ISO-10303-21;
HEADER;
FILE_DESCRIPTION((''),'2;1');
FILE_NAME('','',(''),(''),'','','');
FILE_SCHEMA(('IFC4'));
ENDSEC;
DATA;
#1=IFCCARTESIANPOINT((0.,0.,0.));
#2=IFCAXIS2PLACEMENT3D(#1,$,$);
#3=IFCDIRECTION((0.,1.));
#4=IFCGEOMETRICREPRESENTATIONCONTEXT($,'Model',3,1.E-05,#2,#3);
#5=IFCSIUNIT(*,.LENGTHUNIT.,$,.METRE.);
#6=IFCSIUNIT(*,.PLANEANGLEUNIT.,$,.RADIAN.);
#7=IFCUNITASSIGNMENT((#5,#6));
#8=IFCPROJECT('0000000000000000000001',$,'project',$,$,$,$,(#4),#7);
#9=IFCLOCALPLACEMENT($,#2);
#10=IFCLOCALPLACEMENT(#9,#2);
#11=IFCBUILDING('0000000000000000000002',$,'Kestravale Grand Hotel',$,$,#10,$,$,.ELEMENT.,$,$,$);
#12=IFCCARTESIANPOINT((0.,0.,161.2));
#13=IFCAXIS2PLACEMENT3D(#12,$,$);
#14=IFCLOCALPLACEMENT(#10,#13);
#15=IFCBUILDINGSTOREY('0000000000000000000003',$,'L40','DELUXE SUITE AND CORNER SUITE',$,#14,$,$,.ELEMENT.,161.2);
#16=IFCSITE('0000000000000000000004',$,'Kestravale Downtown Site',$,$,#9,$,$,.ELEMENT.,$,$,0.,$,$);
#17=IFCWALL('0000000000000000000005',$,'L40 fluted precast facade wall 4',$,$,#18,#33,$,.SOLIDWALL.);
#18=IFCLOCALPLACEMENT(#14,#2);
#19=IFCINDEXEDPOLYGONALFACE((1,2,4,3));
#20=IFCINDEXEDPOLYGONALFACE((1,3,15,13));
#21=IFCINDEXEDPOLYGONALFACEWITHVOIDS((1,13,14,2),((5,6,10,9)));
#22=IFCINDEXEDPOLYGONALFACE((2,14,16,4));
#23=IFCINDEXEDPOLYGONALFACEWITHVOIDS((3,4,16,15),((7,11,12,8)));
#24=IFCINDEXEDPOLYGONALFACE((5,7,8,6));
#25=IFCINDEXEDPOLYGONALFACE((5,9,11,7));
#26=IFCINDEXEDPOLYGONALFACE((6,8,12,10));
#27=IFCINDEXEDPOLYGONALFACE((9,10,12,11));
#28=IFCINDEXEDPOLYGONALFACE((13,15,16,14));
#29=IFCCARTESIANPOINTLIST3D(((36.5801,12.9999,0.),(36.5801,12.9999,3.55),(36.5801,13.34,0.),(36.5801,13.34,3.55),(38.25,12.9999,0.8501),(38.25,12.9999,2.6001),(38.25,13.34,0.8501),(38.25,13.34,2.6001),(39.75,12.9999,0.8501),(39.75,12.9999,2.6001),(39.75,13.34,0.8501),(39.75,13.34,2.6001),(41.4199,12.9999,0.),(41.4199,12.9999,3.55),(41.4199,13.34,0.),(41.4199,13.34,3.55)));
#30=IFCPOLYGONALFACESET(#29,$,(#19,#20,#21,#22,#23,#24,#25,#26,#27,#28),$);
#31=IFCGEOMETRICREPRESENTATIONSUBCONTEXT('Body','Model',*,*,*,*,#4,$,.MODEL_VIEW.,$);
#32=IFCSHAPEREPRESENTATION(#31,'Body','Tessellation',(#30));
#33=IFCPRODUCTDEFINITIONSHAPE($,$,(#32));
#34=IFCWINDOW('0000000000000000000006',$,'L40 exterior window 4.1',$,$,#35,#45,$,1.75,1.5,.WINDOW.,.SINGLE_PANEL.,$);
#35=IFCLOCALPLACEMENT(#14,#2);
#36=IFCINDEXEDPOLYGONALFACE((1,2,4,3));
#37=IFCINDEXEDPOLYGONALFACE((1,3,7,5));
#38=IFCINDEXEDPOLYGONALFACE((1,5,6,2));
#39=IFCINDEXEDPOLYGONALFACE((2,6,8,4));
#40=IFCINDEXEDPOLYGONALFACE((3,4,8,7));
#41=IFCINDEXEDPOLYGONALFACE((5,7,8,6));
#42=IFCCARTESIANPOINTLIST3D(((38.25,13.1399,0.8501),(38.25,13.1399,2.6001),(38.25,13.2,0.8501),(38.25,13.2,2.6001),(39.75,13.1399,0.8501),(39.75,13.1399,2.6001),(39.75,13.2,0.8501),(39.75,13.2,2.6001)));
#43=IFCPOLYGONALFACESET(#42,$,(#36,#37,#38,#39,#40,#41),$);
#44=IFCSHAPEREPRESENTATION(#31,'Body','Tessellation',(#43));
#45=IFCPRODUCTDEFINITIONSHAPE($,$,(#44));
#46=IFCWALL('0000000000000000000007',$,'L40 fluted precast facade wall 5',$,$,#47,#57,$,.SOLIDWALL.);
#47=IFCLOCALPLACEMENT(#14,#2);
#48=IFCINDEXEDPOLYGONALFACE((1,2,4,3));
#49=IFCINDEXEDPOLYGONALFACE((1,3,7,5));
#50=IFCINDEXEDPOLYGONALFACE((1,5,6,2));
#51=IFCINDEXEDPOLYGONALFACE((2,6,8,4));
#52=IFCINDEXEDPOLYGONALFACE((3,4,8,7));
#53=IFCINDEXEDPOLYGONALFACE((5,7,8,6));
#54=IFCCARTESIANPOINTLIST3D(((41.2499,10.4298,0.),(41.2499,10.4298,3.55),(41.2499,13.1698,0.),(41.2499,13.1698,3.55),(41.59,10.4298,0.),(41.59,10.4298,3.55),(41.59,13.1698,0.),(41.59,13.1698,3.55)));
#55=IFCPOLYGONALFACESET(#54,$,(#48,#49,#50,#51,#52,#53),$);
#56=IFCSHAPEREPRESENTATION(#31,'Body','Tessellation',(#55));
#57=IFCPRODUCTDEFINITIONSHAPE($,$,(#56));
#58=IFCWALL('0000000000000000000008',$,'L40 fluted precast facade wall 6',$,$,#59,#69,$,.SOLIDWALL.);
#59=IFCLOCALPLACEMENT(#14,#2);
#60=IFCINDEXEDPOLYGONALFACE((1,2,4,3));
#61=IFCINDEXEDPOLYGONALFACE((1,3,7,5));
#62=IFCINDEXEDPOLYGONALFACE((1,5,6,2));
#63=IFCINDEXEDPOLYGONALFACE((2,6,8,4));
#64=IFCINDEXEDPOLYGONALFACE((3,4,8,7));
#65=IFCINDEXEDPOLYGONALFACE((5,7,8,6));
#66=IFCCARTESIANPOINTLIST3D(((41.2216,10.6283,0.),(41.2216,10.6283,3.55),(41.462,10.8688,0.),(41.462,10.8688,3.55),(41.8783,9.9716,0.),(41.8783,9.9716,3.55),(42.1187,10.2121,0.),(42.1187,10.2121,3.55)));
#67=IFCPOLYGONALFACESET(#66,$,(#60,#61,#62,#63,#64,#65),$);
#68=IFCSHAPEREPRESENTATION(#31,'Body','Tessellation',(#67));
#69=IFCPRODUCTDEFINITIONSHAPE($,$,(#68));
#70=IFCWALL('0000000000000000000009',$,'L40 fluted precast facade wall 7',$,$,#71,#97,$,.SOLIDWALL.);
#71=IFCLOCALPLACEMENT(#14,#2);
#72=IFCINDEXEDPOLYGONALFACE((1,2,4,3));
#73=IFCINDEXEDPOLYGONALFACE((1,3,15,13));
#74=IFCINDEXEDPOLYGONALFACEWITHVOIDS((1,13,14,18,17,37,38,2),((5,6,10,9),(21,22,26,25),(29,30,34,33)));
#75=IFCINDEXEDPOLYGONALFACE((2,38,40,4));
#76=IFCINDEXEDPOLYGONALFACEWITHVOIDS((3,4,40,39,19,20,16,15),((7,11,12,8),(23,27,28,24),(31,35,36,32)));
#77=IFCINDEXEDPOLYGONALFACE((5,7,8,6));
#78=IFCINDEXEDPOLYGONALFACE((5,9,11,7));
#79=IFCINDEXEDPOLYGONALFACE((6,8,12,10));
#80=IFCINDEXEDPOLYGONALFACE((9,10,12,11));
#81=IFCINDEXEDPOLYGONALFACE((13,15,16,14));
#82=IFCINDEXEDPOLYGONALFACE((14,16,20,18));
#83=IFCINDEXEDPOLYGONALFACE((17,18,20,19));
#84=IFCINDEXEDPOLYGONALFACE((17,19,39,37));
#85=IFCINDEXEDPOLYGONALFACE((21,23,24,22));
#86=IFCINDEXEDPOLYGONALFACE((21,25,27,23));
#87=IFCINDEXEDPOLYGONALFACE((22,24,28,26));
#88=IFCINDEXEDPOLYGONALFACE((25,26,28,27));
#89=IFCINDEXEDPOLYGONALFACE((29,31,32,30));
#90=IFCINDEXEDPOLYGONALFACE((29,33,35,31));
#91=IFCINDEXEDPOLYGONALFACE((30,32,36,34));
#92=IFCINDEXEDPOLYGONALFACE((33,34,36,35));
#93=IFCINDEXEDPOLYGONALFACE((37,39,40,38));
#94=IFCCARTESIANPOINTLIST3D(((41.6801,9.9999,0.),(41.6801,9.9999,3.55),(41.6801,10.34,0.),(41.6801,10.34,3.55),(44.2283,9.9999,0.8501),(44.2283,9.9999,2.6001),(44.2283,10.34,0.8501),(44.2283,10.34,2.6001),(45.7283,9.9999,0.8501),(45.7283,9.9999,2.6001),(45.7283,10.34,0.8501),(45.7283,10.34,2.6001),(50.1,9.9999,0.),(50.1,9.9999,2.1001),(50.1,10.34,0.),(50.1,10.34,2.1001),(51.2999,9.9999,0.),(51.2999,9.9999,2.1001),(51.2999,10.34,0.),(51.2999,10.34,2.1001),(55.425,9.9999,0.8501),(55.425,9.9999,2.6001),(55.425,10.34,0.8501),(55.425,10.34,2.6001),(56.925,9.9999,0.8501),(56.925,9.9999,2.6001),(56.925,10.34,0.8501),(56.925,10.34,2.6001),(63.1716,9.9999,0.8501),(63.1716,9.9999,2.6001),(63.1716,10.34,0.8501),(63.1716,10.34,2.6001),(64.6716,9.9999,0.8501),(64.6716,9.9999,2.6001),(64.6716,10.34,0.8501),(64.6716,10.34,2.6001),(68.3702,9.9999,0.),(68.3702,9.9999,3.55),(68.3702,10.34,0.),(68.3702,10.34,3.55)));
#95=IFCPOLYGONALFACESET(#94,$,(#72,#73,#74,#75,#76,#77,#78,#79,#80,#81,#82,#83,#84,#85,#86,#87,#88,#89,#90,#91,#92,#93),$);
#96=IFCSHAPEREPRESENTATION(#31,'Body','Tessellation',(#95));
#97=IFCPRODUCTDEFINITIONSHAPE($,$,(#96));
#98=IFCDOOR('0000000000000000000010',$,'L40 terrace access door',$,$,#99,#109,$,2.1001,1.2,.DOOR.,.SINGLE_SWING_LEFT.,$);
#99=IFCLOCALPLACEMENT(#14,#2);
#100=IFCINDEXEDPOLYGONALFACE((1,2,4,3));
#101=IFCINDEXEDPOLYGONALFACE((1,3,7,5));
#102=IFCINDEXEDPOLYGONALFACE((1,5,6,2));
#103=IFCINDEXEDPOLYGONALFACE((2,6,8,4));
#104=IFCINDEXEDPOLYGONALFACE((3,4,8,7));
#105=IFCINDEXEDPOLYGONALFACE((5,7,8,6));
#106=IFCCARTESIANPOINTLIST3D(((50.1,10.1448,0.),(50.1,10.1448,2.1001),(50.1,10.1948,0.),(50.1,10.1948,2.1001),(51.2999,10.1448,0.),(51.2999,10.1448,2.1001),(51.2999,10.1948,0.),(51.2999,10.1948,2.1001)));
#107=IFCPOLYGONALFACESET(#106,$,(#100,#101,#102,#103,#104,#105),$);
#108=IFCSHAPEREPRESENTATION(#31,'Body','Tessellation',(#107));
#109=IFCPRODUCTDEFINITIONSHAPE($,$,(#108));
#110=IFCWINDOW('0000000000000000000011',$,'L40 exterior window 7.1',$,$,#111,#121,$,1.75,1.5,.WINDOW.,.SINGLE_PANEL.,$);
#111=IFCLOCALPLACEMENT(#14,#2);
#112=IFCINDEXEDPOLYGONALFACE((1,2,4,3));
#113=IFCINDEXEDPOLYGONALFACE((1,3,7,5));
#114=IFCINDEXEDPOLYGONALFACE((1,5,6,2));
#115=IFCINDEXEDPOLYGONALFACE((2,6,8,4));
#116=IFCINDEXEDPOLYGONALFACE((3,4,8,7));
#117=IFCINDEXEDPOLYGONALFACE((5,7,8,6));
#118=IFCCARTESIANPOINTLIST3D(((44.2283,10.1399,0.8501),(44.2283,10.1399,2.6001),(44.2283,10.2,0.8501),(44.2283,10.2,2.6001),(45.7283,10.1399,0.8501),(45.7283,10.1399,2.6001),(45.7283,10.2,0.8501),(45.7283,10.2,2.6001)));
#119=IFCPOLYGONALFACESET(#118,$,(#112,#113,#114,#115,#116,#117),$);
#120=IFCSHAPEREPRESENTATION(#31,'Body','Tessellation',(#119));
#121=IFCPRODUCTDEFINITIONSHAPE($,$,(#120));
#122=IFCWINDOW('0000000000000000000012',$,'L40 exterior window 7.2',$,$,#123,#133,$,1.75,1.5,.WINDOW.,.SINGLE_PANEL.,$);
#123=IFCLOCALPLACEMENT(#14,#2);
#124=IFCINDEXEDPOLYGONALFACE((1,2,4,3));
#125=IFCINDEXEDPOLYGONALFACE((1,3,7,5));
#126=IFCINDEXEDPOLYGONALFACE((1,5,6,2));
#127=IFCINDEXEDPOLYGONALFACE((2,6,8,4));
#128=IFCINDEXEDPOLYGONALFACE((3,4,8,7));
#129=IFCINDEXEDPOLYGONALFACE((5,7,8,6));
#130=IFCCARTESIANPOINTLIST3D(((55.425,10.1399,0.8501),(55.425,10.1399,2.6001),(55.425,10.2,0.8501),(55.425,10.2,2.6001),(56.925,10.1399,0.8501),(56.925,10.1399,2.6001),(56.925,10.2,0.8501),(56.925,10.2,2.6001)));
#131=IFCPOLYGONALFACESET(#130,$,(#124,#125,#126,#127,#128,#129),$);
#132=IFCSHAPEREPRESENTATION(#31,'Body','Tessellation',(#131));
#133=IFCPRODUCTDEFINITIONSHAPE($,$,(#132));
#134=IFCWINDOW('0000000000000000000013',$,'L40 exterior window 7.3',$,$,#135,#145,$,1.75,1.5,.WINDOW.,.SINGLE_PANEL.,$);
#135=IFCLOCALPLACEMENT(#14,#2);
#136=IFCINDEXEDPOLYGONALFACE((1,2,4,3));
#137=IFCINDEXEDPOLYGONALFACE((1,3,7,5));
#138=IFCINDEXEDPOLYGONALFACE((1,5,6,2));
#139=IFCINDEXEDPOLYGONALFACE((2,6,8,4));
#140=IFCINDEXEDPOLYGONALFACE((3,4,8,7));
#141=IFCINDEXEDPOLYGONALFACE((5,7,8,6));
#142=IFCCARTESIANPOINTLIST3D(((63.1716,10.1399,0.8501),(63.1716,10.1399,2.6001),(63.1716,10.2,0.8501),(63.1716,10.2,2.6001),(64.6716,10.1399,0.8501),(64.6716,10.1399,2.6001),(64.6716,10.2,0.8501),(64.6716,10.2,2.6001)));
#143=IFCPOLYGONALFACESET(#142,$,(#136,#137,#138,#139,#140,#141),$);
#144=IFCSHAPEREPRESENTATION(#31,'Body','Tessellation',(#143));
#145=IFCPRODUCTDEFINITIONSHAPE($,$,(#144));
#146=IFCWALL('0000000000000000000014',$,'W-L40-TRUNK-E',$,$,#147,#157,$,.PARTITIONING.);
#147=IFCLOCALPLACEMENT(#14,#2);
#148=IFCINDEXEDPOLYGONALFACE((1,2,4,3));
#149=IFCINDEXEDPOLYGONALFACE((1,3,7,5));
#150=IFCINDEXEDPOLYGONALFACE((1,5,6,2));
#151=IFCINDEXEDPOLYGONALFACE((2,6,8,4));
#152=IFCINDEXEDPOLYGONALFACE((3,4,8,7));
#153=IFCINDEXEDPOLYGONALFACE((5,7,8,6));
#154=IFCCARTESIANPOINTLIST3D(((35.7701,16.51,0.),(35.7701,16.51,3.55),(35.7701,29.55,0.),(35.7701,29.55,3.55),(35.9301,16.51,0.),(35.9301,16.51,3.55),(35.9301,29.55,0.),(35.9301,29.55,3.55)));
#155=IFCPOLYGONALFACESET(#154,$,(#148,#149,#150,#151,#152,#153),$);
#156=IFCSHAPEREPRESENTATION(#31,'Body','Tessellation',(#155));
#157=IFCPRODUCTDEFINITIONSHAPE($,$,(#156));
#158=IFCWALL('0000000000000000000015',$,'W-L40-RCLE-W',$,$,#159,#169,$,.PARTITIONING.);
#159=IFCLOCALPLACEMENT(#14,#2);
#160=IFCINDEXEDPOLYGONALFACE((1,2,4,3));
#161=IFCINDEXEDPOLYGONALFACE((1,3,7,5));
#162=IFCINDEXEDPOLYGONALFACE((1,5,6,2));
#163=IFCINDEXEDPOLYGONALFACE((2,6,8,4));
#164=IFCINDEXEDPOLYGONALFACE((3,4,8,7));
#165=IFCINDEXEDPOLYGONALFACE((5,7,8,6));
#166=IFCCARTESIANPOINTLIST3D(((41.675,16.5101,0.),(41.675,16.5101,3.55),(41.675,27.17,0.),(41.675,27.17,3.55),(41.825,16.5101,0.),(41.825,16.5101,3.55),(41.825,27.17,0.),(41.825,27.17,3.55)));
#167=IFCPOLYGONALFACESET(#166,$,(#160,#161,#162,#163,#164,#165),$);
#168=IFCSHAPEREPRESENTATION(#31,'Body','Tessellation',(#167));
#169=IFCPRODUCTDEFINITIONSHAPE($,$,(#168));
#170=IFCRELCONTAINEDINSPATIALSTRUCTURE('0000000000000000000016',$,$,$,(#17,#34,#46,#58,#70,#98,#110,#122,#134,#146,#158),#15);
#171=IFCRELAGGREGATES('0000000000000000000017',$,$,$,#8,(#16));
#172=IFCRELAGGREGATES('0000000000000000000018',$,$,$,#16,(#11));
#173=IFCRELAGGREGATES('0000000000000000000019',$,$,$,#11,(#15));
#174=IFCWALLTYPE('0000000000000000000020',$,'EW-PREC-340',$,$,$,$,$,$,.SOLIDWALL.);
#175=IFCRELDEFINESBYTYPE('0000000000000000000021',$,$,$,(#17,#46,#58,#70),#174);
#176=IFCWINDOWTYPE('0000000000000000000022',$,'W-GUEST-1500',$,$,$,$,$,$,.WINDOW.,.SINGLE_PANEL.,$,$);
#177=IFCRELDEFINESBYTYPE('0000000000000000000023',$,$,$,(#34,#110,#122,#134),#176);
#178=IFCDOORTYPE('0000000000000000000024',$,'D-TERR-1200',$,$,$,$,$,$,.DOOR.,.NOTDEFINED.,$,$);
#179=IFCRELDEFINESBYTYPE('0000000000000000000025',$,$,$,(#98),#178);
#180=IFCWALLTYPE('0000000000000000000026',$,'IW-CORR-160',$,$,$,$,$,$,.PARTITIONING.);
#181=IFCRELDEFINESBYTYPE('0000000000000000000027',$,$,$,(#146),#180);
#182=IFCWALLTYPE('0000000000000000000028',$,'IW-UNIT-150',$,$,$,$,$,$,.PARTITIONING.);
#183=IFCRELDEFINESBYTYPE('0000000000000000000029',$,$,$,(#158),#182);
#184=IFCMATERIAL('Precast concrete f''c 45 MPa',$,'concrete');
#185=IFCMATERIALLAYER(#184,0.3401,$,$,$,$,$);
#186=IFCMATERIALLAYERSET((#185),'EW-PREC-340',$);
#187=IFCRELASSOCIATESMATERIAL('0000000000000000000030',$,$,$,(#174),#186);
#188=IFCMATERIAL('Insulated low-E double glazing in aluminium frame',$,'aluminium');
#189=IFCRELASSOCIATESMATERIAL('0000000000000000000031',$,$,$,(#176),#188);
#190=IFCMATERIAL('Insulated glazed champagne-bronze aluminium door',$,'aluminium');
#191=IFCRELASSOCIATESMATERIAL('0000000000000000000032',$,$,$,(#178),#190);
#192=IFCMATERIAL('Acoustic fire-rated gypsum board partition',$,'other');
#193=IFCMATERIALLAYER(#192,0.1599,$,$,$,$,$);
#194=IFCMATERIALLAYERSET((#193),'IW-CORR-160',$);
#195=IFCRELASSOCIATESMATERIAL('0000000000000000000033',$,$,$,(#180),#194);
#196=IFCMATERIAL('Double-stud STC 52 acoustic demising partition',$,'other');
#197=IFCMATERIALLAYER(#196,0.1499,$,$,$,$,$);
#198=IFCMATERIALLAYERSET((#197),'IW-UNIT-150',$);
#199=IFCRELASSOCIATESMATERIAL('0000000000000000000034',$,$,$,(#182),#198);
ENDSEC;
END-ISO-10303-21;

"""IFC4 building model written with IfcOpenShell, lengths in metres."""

from ifc_helpers import new_model, si_unit, direction, frame, frame_2d, origin, place, context, subcontext, project, spatial, rectangle, extrude, material, layer, layer_set, type_object, element, fill, save


model = new_model("IFC4")

# Units and contexts
model_context = context("Model", 3, precision=1e-05, world=origin(), true_north=direction((0.0, 1.0)))
body_context = subcontext(model_context, "Body", "Model", "MODEL_VIEW")
ifc_project = project(units=[si_unit("LENGTHUNIT", "METRE"), si_unit("PLANEANGLEUNIT", "RADIAN")], contexts=[model_context])

# Site, building, storey
site_placement = place(None, origin())
site = spatial("IfcSite", under=ifc_project, at=site_placement, Name="Kestravale Downtown Site", CompositionType="ELEMENT", RefElevation=0.0)
building_placement = place(site_placement, origin())
building = spatial("IfcBuilding", under=site, at=building_placement, Name="Kestravale Grand Hotel", CompositionType="ELEMENT")
storey_placement = place(building_placement, frame((0.0, 0.0, 161.2)))
storey = spatial("IfcBuildingStorey", under=building, at=storey_placement, Name="L40", Description="DELUXE SUITE AND CORNER SUITE", CompositionType="ELEMENT", Elevation=161.2)

# Shared definitions
ifc_material_1 = material(Name="Precast concrete f'c 45 MPa", Category="concrete")
ifc_layer_1 = layer(ifc_material_1, 0.3401)
ifc_layer_set_1 = layer_set([ifc_layer_1], Name="EW-PREC-340")
wall_type_1 = type_object("IfcWallType", Name="EW-PREC-340", PredefinedType="SOLIDWALL", material=ifc_layer_set_1)

# Wall, opening, window
ifc_material_2 = material(Name="Insulated low-E double glazing in aluminium frame", Category="aluminium")
window_type = type_object("IfcWindowType", Name="W-GUEST-1500", PartitioningType="SINGLE_PANEL", PredefinedType="WINDOW", material=ifc_material_2)
wall_1_placement = place(storey_placement, frame((36.5801, 13.1699, 0.0), z_axis=(0.0, 0.0, 1.0), x_axis=(1.0, 0.0, 0.0)))
wall_1 = element("IfcWall", 1, at=wall_1_placement, inside=storey, type_object=wall_type_1, Name="L40 fluted precast facade wall 4", PredefinedType="SOLIDWALL", context=body_context, shape_type="SweptSolid", body=[
    extrude(rectangle(XDim=4.8398, YDim=0.3401, at=frame_2d((2.4199, 0.0))), origin(), (0.0, 0.0, 1.0), 3.55),
])
opening_1_placement = place(wall_1_placement, frame((1.6699, 0.0, 0.8501)))
opening_1 = element("IfcOpeningElement", 2, at=opening_1_placement, cuts=wall_1, PredefinedType="OPENING", context=body_context, shape_type="SweptSolid", body=[
    extrude(rectangle(XDim=1.5, YDim=1.75, at=frame_2d((0.75, 0.875))), frame((0.0, 0.1799, 0.0), z_axis=(0.0, -1.0, 0.0), x_axis=(1.0, 0.0, 0.0)), (0.0, 0.0, 1.0), 0.3601),
])
window_1_placement = place(opening_1_placement, origin())
window_1 = element("IfcWindow", 3, at=window_1_placement, inside=storey, type_object=window_type, Name="L40 exterior window 4.1", OverallHeight=1.75, OverallWidth=1.5, PartitioningType="SINGLE_PANEL", PredefinedType="WINDOW", context=body_context, shape_type="SweptSolid", body=[
    extrude(rectangle(XDim=1.5, YDim=1.75, at=frame_2d((0.75, 0.875))), frame((0.0, 0.03, 0.0), z_axis=(0.0, -1.0, 0.0), x_axis=(1.0, 0.0, 0.0)), (0.0, 0.0, 1.0), 0.0601),
])
fill(opening_1, window_1)

# Walls
wall_2_placement = place(storey_placement, frame((41.4199, 13.1699, 0.0), z_axis=(0.0, 0.0, 1.0), x_axis=(0.0, -1.0, 0.0)))
element("IfcWall", 4, at=wall_2_placement, inside=storey, type_object=wall_type_1, Name="L40 fluted precast facade wall 5", PredefinedType="SOLIDWALL", context=body_context, shape_type="SweptSolid", body=[
    extrude(rectangle(XDim=2.74, YDim=0.3401, at=frame_2d((1.3701, 0.0))), origin(), (0.0, 0.0, 1.0), 3.55),
])
wall_3_placement = place(storey_placement, frame((41.3418, 10.7485, 0.0), z_axis=(0.0, 0.0, 1.0), x_axis=(0.707107, -0.707107, 0.0)))
element("IfcWall", 5, at=wall_3_placement, inside=storey, type_object=wall_type_1, Name="L40 fluted precast facade wall 6", PredefinedType="SOLIDWALL", context=body_context, shape_type="SweptSolid", body=[
    extrude(rectangle(XDim=0.9287, YDim=0.3401, at=frame_2d((0.4644, 0.0))), origin(), (0.0, 0.0, 1.0), 3.55),
])

# Wall, openings, door, windows
wall_4_placement = place(storey_placement, frame((41.6799, 10.1699, 0.0), z_axis=(0.0, 0.0, 1.0), x_axis=(1.0, 0.0, 0.0)))
wall_4 = element("IfcWall", 6, at=wall_4_placement, inside=storey, type_object=wall_type_1, Name="L40 fluted precast facade wall 7", PredefinedType="SOLIDWALL", context=body_context, shape_type="SweptSolid", body=[
    extrude(rectangle(XDim=26.6902, YDim=0.3401, at=frame_2d((13.3452, 0.0))), origin(), (0.0, 0.0, 1.0), 3.55),
])
opening_2_placement = place(wall_4_placement, frame((2.5483, 0.0, 0.8501)))
opening_2 = element("IfcOpeningElement", 7, at=opening_2_placement, cuts=wall_4, PredefinedType="OPENING", context=body_context, shape_type="SweptSolid", body=[
    extrude(rectangle(XDim=1.5, YDim=1.75, at=frame_2d((0.75, 0.875))), frame((0.0, 0.1799, 0.0), z_axis=(0.0, -1.0, 0.0), x_axis=(1.0, 0.0, 0.0)), (0.0, 0.0, 1.0), 0.3601),
])
opening_3_placement = place(wall_4_placement, frame((13.7451, 0.0, 0.8501)))
opening_3 = element("IfcOpeningElement", 8, at=opening_3_placement, cuts=wall_4, PredefinedType="OPENING", context=body_context, shape_type="SweptSolid", body=[
    extrude(rectangle(XDim=1.5, YDim=1.75, at=frame_2d((0.75, 0.875))), frame((0.0, 0.1799, 0.0), z_axis=(0.0, -1.0, 0.0), x_axis=(1.0, 0.0, 0.0)), (0.0, 0.0, 1.0), 0.3601),
])
opening_4_placement = place(wall_4_placement, frame((21.4917, 0.0, 0.8501)))
opening_4 = element("IfcOpeningElement", 9, at=opening_4_placement, cuts=wall_4, PredefinedType="OPENING", context=body_context, shape_type="SweptSolid", body=[
    extrude(rectangle(XDim=1.5, YDim=1.75, at=frame_2d((0.75, 0.875))), frame((0.0, 0.1799, 0.0), z_axis=(0.0, -1.0, 0.0), x_axis=(1.0, 0.0, 0.0)), (0.0, 0.0, 1.0), 0.3601),
])
opening_5_placement = place(wall_4_placement, frame((8.4199, 0.0, 0.0)))
opening_5 = element("IfcOpeningElement", 10, at=opening_5_placement, cuts=wall_4, PredefinedType="OPENING", context=body_context, shape_type="SweptSolid", body=[
    extrude(rectangle(XDim=1.2, YDim=2.1001, at=frame_2d((0.6001, 1.05))), frame((0.0, 0.1799, 0.0), z_axis=(0.0, -1.0, 0.0), x_axis=(1.0, 0.0, 0.0)), (0.0, 0.0, 1.0), 0.3601),
])
ifc_material_3 = material(Name="Insulated glazed champagne-bronze aluminium door", Category="aluminium")
door_type = type_object("IfcDoorType", Name="D-TERR-1200", OperationType="NOTDEFINED", PredefinedType="DOOR", material=ifc_material_3)
door_placement = place(opening_5_placement, origin())
door = element("IfcDoor", 11, at=door_placement, inside=storey, type_object=door_type, Name="L40 terrace access door", OperationType="SINGLE_SWING_LEFT", OverallHeight=2.1001, OverallWidth=1.2, PredefinedType="DOOR", context=body_context, shape_type="SweptSolid", body=[
    extrude(rectangle(XDim=1.2, YDim=2.1001, at=frame_2d((0.6001, 1.05))), frame((0.0, 0.0249, 0.0), z_axis=(0.0, -1.0, 0.0), x_axis=(1.0, 0.0, 0.0)), (0.0, 0.0, 1.0), 0.05),
])
fill(opening_5, door)
window_2_placement = place(opening_2_placement, origin())
window_2 = element("IfcWindow", 12, at=window_2_placement, inside=storey, type_object=window_type, Name="L40 exterior window 7.1", OverallHeight=1.75, OverallWidth=1.5, PartitioningType="SINGLE_PANEL", PredefinedType="WINDOW", context=body_context, shape_type="SweptSolid", body=[
    extrude(rectangle(XDim=1.5, YDim=1.75, at=frame_2d((0.75, 0.875))), frame((0.0, 0.03, 0.0), z_axis=(0.0, -1.0, 0.0), x_axis=(1.0, 0.0, 0.0)), (0.0, 0.0, 1.0), 0.0601),
])
fill(opening_2, window_2)
window_3_placement = place(opening_3_placement, origin())
window_3 = element("IfcWindow", 13, at=window_3_placement, inside=storey, type_object=window_type, Name="L40 exterior window 7.2", OverallHeight=1.75, OverallWidth=1.5, PartitioningType="SINGLE_PANEL", PredefinedType="WINDOW", context=body_context, shape_type="SweptSolid", body=[
    extrude(rectangle(XDim=1.5, YDim=1.75, at=frame_2d((0.75, 0.875))), frame((0.0, 0.03, 0.0), z_axis=(0.0, -1.0, 0.0), x_axis=(1.0, 0.0, 0.0)), (0.0, 0.0, 1.0), 0.0601),
])
fill(opening_3, window_3)
window_4_placement = place(opening_4_placement, origin())
window_4 = element("IfcWindow", 14, at=window_4_placement, inside=storey, type_object=window_type, Name="L40 exterior window 7.3", OverallHeight=1.75, OverallWidth=1.5, PartitioningType="SINGLE_PANEL", PredefinedType="WINDOW", context=body_context, shape_type="SweptSolid", body=[
    extrude(rectangle(XDim=1.5, YDim=1.75, at=frame_2d((0.75, 0.875))), frame((0.0, 0.03, 0.0), z_axis=(0.0, -1.0, 0.0), x_axis=(1.0, 0.0, 0.0)), (0.0, 0.0, 1.0), 0.0601),
])
fill(opening_4, window_4)

# Walls
ifc_material_4 = material(Name="Acoustic fire-rated gypsum board partition", Category="other")
ifc_layer_2 = layer(ifc_material_4, 0.1599)
ifc_layer_set_2 = layer_set([ifc_layer_2], Name="IW-CORR-160")
wall_type_2 = type_object("IfcWallType", Name="IW-CORR-160", PredefinedType="PARTITIONING", material=ifc_layer_set_2)
wall_5_placement = place(storey_placement, frame((35.8501, 16.51, 0.0), z_axis=(0.0, 0.0, 1.0), x_axis=(0.0, 1.0, 0.0)))
element("IfcWall", 15, at=wall_5_placement, inside=storey, type_object=wall_type_2, Name="W-L40-TRUNK-E", PredefinedType="PARTITIONING", context=body_context, shape_type="SweptSolid", body=[
    extrude(rectangle(XDim=13.04, YDim=0.1599, at=frame_2d((6.52, 0.0))), origin(), (0.0, 0.0, 1.0), 3.55),
])
ifc_material_5 = material(Name="Double-stud STC 52 acoustic demising partition", Category="other")
ifc_layer_3 = layer(ifc_material_5, 0.1499)
ifc_layer_set_3 = layer_set([ifc_layer_3], Name="IW-UNIT-150")
wall_type_3 = type_object("IfcWallType", Name="IW-UNIT-150", PredefinedType="PARTITIONING", material=ifc_layer_set_3)
wall_6_placement = place(storey_placement, frame((41.75, 16.51, 0.0), z_axis=(0.0, 0.0, 1.0), x_axis=(0.0, 1.0, 0.0)))
element("IfcWall", 16, at=wall_6_placement, inside=storey, type_object=wall_type_3, Name="W-L40-RCLE-W", PredefinedType="PARTITIONING", context=body_context, shape_type="SweptSolid", body=[
    extrude(rectangle(XDim=10.6599, YDim=0.1499, at=frame_2d((5.3301, 0.0))), origin(), (0.0, 0.0, 1.0), 3.55),
])

save(model, "model.ifc")
